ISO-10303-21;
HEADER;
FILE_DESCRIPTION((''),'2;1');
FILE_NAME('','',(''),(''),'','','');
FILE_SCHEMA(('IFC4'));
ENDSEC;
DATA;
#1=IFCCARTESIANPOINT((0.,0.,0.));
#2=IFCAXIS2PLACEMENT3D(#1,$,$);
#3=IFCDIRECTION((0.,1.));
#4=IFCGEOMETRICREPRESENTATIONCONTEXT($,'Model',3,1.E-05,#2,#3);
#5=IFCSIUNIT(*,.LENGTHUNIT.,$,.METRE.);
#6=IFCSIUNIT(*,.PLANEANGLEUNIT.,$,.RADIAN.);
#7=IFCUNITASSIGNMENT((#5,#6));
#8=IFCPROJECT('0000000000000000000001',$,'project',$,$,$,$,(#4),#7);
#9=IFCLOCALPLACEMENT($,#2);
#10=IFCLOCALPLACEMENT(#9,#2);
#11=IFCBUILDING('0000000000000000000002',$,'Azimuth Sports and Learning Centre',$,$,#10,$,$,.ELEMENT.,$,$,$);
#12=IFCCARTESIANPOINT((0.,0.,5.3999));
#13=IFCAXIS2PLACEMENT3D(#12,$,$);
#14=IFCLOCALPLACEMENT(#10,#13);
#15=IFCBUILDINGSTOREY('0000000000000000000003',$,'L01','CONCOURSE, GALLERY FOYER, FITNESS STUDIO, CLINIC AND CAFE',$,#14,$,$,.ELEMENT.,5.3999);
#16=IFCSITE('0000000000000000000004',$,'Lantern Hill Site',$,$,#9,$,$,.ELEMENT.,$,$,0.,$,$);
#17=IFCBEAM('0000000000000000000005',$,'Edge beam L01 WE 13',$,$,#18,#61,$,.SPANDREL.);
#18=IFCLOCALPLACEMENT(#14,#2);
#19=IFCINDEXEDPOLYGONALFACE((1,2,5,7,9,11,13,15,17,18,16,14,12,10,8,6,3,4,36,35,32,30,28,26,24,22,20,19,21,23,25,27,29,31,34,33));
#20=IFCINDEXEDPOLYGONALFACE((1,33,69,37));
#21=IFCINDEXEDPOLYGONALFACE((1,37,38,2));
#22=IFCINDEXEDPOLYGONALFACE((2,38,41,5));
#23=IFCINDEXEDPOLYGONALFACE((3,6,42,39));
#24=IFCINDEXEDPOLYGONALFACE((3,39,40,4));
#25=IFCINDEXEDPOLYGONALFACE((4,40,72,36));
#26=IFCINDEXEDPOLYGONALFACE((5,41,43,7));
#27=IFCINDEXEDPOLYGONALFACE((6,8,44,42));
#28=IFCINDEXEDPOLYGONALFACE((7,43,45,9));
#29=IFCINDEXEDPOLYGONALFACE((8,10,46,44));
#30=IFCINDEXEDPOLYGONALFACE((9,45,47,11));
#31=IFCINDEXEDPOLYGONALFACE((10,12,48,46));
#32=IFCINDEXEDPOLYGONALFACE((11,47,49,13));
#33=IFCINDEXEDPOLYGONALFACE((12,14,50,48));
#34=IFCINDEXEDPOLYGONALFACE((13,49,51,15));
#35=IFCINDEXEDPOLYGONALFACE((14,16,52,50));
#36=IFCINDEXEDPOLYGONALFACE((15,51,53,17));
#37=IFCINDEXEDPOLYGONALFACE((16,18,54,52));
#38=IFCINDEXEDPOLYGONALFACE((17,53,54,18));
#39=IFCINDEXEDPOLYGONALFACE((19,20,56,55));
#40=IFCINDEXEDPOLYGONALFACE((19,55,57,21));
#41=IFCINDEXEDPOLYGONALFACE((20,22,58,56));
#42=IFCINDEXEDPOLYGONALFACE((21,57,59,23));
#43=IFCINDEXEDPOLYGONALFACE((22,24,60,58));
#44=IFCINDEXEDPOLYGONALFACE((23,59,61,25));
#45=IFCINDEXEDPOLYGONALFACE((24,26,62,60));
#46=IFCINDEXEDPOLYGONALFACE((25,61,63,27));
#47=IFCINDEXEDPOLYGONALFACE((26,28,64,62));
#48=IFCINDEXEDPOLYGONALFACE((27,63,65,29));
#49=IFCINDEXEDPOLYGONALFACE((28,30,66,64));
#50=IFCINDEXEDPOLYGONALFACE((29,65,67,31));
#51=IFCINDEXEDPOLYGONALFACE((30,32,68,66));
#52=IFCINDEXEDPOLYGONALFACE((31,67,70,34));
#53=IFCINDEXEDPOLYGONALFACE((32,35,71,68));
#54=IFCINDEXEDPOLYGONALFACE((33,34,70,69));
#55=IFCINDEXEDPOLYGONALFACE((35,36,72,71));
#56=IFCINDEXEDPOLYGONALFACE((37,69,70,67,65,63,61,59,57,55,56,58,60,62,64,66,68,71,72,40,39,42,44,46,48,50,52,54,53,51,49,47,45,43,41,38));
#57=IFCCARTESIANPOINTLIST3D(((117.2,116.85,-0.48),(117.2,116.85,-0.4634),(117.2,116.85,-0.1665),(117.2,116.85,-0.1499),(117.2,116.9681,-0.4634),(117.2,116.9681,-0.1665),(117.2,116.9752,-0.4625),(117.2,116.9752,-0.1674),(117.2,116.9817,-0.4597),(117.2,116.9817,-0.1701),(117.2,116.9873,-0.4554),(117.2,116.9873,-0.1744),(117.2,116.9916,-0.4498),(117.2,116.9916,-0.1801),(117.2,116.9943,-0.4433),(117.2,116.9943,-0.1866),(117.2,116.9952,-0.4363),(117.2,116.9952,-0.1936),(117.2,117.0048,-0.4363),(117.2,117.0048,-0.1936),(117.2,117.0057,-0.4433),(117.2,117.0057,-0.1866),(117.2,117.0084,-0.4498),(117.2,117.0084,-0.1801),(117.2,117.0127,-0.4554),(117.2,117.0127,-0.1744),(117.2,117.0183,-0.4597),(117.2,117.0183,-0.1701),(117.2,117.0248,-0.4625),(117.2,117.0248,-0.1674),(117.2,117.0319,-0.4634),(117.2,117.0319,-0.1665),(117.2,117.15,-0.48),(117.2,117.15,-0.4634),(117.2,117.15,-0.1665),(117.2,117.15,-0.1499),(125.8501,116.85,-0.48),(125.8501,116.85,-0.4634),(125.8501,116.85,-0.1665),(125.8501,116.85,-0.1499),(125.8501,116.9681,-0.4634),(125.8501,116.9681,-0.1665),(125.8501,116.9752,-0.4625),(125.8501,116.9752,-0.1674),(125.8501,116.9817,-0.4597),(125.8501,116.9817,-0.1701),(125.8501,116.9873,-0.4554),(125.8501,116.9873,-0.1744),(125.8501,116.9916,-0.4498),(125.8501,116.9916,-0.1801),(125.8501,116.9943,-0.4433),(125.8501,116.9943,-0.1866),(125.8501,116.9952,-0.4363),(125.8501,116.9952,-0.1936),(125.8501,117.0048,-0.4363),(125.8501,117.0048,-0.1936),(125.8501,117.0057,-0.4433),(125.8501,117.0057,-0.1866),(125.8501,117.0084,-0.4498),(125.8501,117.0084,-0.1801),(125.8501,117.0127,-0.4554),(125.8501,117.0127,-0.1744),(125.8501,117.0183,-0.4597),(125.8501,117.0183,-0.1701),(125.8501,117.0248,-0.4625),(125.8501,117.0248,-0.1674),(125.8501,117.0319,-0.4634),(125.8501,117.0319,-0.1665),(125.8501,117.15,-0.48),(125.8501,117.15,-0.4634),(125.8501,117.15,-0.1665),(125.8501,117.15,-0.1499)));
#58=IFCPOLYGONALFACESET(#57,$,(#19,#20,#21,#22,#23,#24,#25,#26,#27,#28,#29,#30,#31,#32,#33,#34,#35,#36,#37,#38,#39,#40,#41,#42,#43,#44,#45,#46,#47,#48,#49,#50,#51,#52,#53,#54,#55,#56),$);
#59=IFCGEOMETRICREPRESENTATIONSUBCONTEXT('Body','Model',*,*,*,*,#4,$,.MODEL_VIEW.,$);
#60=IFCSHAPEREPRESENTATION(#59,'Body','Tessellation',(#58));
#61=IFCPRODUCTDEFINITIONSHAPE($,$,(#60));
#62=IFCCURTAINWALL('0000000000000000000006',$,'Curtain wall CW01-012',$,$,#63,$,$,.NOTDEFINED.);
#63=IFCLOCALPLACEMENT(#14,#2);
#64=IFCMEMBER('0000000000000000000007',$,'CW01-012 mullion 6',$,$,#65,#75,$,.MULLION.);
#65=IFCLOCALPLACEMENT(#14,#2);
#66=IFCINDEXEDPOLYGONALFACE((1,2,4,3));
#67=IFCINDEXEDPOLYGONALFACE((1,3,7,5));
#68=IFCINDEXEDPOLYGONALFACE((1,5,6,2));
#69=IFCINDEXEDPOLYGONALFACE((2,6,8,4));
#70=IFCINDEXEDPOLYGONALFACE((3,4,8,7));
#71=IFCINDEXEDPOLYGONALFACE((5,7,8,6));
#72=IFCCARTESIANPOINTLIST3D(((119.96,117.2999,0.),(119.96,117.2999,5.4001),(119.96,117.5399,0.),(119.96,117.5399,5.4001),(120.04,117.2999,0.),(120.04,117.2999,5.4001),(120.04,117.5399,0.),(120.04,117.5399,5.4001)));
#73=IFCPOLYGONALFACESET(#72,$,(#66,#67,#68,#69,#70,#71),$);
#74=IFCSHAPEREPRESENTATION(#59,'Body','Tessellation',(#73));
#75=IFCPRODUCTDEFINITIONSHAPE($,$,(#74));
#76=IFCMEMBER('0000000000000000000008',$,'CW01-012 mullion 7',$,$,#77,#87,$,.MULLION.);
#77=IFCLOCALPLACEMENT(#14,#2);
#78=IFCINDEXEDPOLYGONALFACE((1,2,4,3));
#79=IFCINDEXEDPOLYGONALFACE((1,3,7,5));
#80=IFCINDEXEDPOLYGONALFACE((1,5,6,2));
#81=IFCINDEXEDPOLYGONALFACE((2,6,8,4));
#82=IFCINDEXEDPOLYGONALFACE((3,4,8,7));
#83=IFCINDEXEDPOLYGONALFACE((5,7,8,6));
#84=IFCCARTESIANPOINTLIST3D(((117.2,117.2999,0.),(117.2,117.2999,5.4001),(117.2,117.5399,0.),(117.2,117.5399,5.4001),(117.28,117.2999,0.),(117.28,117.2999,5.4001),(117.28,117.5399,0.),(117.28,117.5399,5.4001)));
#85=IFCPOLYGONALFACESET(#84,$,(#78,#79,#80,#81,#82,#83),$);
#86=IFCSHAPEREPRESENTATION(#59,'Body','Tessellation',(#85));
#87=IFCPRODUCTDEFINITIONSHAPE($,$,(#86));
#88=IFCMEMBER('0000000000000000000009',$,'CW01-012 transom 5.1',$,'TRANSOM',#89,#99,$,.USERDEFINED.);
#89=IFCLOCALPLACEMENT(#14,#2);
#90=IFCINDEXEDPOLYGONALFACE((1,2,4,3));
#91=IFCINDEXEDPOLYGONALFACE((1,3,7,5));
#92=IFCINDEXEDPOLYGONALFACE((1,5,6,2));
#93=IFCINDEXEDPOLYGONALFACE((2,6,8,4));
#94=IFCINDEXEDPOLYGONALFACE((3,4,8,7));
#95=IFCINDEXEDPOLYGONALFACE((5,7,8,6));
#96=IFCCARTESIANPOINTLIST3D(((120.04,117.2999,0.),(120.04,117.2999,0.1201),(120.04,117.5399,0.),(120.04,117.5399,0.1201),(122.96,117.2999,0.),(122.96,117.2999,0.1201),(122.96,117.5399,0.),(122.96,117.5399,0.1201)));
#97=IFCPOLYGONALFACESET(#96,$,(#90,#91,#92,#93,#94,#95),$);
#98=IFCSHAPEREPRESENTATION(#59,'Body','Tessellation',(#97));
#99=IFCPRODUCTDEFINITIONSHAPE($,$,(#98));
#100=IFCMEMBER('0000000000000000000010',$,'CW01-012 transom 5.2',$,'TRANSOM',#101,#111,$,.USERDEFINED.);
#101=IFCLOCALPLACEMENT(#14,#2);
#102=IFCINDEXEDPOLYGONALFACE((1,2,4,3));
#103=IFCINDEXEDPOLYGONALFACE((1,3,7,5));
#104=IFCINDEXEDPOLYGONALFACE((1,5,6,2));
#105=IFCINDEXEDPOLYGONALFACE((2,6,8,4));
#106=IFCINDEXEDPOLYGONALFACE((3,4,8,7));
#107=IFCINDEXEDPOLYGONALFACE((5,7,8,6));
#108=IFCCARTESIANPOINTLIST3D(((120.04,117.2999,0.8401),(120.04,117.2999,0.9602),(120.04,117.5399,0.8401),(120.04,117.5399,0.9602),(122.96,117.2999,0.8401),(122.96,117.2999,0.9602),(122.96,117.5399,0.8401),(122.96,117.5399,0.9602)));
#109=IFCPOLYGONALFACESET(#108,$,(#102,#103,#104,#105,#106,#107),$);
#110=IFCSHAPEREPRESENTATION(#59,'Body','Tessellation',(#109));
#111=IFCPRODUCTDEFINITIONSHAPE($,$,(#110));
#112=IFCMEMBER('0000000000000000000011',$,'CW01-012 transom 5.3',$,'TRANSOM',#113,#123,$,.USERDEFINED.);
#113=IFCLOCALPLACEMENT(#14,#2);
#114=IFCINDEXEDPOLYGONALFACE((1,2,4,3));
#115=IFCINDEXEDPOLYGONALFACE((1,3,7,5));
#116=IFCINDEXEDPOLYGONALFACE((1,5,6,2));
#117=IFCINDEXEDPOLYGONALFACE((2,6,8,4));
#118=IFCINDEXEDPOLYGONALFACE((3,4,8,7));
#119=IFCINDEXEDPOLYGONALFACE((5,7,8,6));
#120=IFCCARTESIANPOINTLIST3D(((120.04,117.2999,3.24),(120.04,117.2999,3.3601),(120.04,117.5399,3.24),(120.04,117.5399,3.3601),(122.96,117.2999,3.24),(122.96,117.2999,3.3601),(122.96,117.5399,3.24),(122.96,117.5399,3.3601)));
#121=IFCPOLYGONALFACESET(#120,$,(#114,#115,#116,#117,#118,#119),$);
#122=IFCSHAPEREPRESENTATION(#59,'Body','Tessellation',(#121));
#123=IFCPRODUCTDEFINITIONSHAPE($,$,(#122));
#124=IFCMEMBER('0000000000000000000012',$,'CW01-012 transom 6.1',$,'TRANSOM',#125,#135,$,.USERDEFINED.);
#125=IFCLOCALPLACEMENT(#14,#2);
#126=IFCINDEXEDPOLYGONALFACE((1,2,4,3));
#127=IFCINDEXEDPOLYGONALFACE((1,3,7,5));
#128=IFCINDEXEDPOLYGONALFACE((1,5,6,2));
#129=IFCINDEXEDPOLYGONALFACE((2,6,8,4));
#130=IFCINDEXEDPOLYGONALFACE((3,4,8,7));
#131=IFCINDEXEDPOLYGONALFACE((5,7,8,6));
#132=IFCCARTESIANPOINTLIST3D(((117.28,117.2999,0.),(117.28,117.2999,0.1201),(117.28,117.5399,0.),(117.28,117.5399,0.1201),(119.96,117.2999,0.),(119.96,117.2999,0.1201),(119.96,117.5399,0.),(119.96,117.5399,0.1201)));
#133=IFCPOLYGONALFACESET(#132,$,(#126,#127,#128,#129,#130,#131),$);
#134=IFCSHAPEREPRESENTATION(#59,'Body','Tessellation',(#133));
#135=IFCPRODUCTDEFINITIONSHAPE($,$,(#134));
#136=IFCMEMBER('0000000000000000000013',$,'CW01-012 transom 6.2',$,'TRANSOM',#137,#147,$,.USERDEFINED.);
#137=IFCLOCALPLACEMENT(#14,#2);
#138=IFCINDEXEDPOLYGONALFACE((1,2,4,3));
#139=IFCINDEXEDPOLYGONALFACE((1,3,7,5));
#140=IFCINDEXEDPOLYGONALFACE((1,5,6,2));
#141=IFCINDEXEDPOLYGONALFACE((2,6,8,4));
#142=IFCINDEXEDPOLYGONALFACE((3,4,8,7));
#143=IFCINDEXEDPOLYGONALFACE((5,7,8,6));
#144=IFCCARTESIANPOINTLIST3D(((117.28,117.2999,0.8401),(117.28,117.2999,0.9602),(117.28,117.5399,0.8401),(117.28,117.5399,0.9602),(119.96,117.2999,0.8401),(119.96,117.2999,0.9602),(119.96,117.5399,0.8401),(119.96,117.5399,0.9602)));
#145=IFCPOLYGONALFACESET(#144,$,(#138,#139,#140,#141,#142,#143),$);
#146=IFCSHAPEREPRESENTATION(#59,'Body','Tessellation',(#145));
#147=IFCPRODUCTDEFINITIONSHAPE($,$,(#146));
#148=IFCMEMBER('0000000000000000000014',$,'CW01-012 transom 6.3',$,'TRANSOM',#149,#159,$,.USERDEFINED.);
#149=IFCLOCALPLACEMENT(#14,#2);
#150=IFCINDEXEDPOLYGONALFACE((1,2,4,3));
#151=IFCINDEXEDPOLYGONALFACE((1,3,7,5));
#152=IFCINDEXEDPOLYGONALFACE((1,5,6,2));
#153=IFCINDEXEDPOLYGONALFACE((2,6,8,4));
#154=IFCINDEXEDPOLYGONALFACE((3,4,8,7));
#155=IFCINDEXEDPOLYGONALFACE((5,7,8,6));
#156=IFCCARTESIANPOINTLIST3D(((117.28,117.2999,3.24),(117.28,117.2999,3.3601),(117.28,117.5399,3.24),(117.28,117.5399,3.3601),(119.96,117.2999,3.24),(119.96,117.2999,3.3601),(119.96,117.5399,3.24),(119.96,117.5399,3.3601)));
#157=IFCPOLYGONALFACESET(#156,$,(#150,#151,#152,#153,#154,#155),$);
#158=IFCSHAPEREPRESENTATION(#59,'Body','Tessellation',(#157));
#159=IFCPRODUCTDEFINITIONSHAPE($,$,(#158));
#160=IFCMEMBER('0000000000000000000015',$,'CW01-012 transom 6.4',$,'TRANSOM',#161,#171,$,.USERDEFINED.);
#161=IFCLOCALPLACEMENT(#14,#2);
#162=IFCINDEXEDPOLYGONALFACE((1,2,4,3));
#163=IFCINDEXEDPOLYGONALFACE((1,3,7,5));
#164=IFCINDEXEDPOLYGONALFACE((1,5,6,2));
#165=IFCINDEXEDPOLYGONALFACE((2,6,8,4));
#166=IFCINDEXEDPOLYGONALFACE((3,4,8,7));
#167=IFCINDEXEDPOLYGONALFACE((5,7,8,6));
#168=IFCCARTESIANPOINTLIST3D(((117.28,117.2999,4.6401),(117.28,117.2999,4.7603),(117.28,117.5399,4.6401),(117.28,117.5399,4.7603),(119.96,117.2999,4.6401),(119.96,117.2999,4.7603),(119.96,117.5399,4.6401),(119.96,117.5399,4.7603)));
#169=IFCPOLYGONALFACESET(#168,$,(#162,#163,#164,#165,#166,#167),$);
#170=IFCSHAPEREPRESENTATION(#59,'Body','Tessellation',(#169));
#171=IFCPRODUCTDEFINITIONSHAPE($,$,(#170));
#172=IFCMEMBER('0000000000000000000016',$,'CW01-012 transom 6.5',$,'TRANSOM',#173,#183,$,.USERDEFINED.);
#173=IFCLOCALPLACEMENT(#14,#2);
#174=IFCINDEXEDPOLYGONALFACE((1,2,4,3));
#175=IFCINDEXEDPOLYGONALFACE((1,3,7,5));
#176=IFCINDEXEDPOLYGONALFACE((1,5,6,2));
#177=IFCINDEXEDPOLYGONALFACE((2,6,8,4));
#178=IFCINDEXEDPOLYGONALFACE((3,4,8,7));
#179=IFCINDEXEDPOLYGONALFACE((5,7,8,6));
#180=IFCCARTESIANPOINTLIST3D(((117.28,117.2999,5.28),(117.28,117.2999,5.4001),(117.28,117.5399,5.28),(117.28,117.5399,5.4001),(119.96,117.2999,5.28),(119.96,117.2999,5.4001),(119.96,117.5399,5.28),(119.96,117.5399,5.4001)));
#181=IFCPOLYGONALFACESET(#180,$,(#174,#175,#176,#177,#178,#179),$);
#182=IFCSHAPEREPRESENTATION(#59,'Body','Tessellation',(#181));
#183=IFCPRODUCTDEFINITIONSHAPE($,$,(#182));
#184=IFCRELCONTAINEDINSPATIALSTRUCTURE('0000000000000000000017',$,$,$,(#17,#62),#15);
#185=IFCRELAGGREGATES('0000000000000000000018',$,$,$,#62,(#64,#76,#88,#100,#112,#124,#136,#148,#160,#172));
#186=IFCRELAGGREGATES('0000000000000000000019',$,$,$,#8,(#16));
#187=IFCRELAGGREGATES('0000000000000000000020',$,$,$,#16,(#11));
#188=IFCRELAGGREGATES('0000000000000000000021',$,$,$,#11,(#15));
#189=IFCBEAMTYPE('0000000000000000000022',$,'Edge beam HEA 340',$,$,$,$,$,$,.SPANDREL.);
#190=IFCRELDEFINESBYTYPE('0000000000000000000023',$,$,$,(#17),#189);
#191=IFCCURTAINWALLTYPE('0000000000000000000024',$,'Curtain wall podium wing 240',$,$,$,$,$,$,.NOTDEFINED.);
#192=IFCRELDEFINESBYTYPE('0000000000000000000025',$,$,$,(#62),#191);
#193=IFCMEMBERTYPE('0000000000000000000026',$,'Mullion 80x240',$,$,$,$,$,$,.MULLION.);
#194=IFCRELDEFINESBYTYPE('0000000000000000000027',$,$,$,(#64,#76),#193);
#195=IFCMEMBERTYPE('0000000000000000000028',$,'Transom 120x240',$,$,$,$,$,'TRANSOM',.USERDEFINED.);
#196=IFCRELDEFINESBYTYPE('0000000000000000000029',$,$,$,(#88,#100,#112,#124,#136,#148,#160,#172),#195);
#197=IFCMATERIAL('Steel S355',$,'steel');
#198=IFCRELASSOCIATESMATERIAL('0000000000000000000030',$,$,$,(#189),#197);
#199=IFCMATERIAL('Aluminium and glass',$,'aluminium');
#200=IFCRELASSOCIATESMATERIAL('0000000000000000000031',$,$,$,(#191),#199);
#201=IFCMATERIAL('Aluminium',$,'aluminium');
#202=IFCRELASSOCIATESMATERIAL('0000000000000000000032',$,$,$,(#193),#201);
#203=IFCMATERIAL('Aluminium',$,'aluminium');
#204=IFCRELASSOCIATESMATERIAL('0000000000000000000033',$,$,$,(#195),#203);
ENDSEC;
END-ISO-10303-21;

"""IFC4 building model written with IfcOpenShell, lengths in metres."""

from ifc_helpers import new_model, si_unit, direction, frame, origin, origin_2d, place, context, subcontext, project, spatial, rectangle, i_section, extrude, material, material_profile, profile_set, type_object, element, aggregate, save


model = new_model("IFC4")

# Units and contexts
model_context = context("Model", 3, precision=1e-05, world=origin(), true_north=direction((0.0, 1.0)))
body_context = subcontext(model_context, "Body", "Model", "MODEL_VIEW")
ifc_project = project(units=[si_unit("LENGTHUNIT", "METRE"), si_unit("PLANEANGLEUNIT", "RADIAN")], contexts=[model_context])

# Site, building, storey
site_placement = place(None, origin())
site = spatial("IfcSite", under=ifc_project, at=site_placement, Name="Lantern Hill Site", CompositionType="ELEMENT", RefElevation=0.0)
building_placement = place(site_placement, origin())
building = spatial("IfcBuilding", under=site, at=building_placement, Name="Azimuth Sports and Learning Centre", CompositionType="ELEMENT")
storey_placement = place(building_placement, frame((0.0, 0.0, 5.3999)))
storey = spatial("IfcBuildingStorey", under=building, at=storey_placement, Name="L01", Description="CONCOURSE, GALLERY FOYER, FITNESS STUDIO, CLINIC AND CAFE", CompositionType="ELEMENT", Elevation=5.3999)

# Beam
ifc_material_1 = material(Name="Steel S355", Category="steel")
ifc_material_profile_1 = material_profile(ifc_material_1, i_section(OverallWidth=0.3, OverallDepth=0.3301, WebThickness=0.0095, FlangeThickness=0.0166, FilletRadius=0.0271, at=origin_2d()), Name="HEA 340")
ifc_profile_set_1 = profile_set([ifc_material_profile_1], Name="Steel S355")
beam_type_1 = type_object("IfcBeamType", Name="Edge beam HEA 340", PredefinedType="SPANDREL", material=ifc_profile_set_1)
beam_placement = place(storey_placement, frame((117.2, 117.0, -0.3149), z_axis=(1.0, 0.0, 0.0), x_axis=(0.0, 1.0, 0.0)))
element("IfcBeam", 1, at=beam_placement, inside=storey, type_object=beam_type_1, Name="Edge beam L01 WE 13", PredefinedType="SPANDREL", context=body_context, shape_type="SweptSolid", body=[
    extrude(i_section(OverallWidth=0.3, OverallDepth=0.3301, WebThickness=0.0095, FlangeThickness=0.0166, FilletRadius=0.0271, at=origin_2d()), origin(), (0.0, 0.0, 1.0), 8.6501),
])

# Curtain wall, members
ifc_material_2 = material(Name="Aluminium and glass", Category="aluminium")
curtain_wall_type = type_object("IfcCurtainWallType", Name="Curtain wall podium wing 240", PredefinedType="NOTDEFINED", material=ifc_material_2)
curtain_wall_placement = place(storey_placement, origin())
curtain_wall = element("IfcCurtainWall", 2, at=curtain_wall_placement, inside=storey, type_object=curtain_wall_type, Name="Curtain wall CW01-012", PredefinedType="NOTDEFINED")
ifc_material_3 = material(Name="Aluminium", Category="aluminium")
ifc_material_profile_2 = material_profile(ifc_material_3, rectangle(XDim=0.24, YDim=0.0801, at=origin_2d()), Name="Mullion 80x240")
ifc_profile_set_2 = profile_set([ifc_material_profile_2], Name="Aluminium")
member_type_1 = type_object("IfcMemberType", Name="Mullion 80x240", PredefinedType="MULLION", material=ifc_profile_set_2)
member_1_placement = place(storey_placement, frame((120.0, 117.4199, 0.0), z_axis=(0.0, 0.0, 1.0), x_axis=(0.0, -1.0, 0.0)))
member_1 = element("IfcMember", 3, at=member_1_placement, type_object=member_type_1, Name="CW01-012 mullion 6", PredefinedType="MULLION", context=body_context, shape_type="SweptSolid", body=[
    extrude(rectangle(XDim=0.24, YDim=0.0801, at=origin_2d()), origin(), (0.0, 0.0, 1.0), 5.4001),
])
member_2_placement = place(storey_placement, frame((117.24, 117.4199, 0.0), z_axis=(0.0, 0.0, 1.0), x_axis=(0.0, -1.0, 0.0)))
member_2 = element("IfcMember", 4, at=member_2_placement, type_object=member_type_1, Name="CW01-012 mullion 7", PredefinedType="MULLION", context=body_context, shape_type="SweptSolid", body=[
    extrude(rectangle(XDim=0.24, YDim=0.0801, at=origin_2d()), origin(), (0.0, 0.0, 1.0), 5.4001),
])
ifc_material_4 = material(Name="Aluminium", Category="aluminium")
ifc_material_profile_3 = material_profile(ifc_material_4, rectangle(XDim=0.24, YDim=0.1201, at=origin_2d()), Name="Transom 120x240")
ifc_profile_set_3 = profile_set([ifc_material_profile_3], Name="Aluminium")
member_type_2 = type_object("IfcMemberType", Name="Transom 120x240", ElementType="TRANSOM", PredefinedType="USERDEFINED", material=ifc_profile_set_3)
member_3_placement = place(storey_placement, frame((122.96, 117.4199, 0.0601), z_axis=(-1.0, 0.0, 0.0), x_axis=(0.0, -1.0, 0.0)))
member_3 = element("IfcMember", 5, at=member_3_placement, type_object=member_type_2, Name="CW01-012 transom 5.1", ObjectType="TRANSOM", PredefinedType="USERDEFINED", context=body_context, shape_type="SweptSolid", body=[
    extrude(rectangle(XDim=0.24, YDim=0.1201, at=origin_2d()), origin(), (0.0, 0.0, 1.0), 2.9199),
])
member_4_placement = place(storey_placement, frame((122.96, 117.4199, 0.9001), z_axis=(-1.0, 0.0, 0.0), x_axis=(0.0, -1.0, 0.0)))
member_4 = element("IfcMember", 6, at=member_4_placement, type_object=member_type_2, Name="CW01-012 transom 5.2", ObjectType="TRANSOM", PredefinedType="USERDEFINED", context=body_context, shape_type="SweptSolid", body=[
    extrude(rectangle(XDim=0.24, YDim=0.1201, at=origin_2d()), origin(), (0.0, 0.0, 1.0), 2.9199),
])
member_5_placement = place(storey_placement, frame((122.96, 117.4199, 3.3), z_axis=(-1.0, 0.0, 0.0), x_axis=(0.0, -1.0, 0.0)))
member_5 = element("IfcMember", 7, at=member_5_placement, type_object=member_type_2, Name="CW01-012 transom 5.3", ObjectType="TRANSOM", PredefinedType="USERDEFINED", context=body_context, shape_type="SweptSolid", body=[
    extrude(rectangle(XDim=0.24, YDim=0.1201, at=origin_2d()), origin(), (0.0, 0.0, 1.0), 2.9199),
])
member_6_placement = place(storey_placement, frame((119.96, 117.4199, 0.0601), z_axis=(-1.0, 0.0, 0.0), x_axis=(0.0, -1.0, 0.0)))
member_6 = element("IfcMember", 8, at=member_6_placement, type_object=member_type_2, Name="CW01-012 transom 6.1", ObjectType="TRANSOM", PredefinedType="USERDEFINED", context=body_context, shape_type="SweptSolid", body=[
    extrude(rectangle(XDim=0.24, YDim=0.1201, at=origin_2d()), origin(), (0.0, 0.0, 1.0), 2.6799),
])
member_7_placement = place(storey_placement, frame((119.96, 117.4199, 0.9001), z_axis=(-1.0, 0.0, 0.0), x_axis=(0.0, -1.0, 0.0)))
member_7 = element("IfcMember", 9, at=member_7_placement, type_object=member_type_2, Name="CW01-012 transom 6.2", ObjectType="TRANSOM", PredefinedType="USERDEFINED", context=body_context, shape_type="SweptSolid", body=[
    extrude(rectangle(XDim=0.24, YDim=0.1201, at=origin_2d()), origin(), (0.0, 0.0, 1.0), 2.6799),
])
member_8_placement = place(storey_placement, frame((119.96, 117.4199, 3.3), z_axis=(-1.0, 0.0, 0.0), x_axis=(0.0, -1.0, 0.0)))
member_8 = element("IfcMember", 10, at=member_8_placement, type_object=member_type_2, Name="CW01-012 transom 6.3", ObjectType="TRANSOM", PredefinedType="USERDEFINED", context=body_context, shape_type="SweptSolid", body=[
    extrude(rectangle(XDim=0.24, YDim=0.1201, at=origin_2d()), origin(), (0.0, 0.0, 1.0), 2.6799),
])
member_9_placement = place(storey_placement, frame((119.96, 117.4199, 4.7002), z_axis=(-1.0, 0.0, 0.0), x_axis=(0.0, -1.0, 0.0)))
member_9 = element("IfcMember", 11, at=member_9_placement, type_object=member_type_2, Name="CW01-012 transom 6.4", ObjectType="TRANSOM", PredefinedType="USERDEFINED", context=body_context, shape_type="SweptSolid", body=[
    extrude(rectangle(XDim=0.24, YDim=0.1201, at=origin_2d()), origin(), (0.0, 0.0, 1.0), 2.6799),
])
member_10_placement = place(storey_placement, frame((119.96, 117.4199, 5.3401), z_axis=(-1.0, 0.0, 0.0), x_axis=(0.0, -1.0, 0.0)))
member_10 = element("IfcMember", 12, at=member_10_placement, type_object=member_type_2, Name="CW01-012 transom 6.5", ObjectType="TRANSOM", PredefinedType="USERDEFINED", context=body_context, shape_type="SweptSolid", body=[
    extrude(rectangle(XDim=0.24, YDim=0.1201, at=origin_2d()), origin(), (0.0, 0.0, 1.0), 2.6799),
])
aggregate(curtain_wall, [member_1, member_2, member_3, member_4, member_5, member_6, member_7, member_8, member_9, member_10])

save(model, "model.ifc")
